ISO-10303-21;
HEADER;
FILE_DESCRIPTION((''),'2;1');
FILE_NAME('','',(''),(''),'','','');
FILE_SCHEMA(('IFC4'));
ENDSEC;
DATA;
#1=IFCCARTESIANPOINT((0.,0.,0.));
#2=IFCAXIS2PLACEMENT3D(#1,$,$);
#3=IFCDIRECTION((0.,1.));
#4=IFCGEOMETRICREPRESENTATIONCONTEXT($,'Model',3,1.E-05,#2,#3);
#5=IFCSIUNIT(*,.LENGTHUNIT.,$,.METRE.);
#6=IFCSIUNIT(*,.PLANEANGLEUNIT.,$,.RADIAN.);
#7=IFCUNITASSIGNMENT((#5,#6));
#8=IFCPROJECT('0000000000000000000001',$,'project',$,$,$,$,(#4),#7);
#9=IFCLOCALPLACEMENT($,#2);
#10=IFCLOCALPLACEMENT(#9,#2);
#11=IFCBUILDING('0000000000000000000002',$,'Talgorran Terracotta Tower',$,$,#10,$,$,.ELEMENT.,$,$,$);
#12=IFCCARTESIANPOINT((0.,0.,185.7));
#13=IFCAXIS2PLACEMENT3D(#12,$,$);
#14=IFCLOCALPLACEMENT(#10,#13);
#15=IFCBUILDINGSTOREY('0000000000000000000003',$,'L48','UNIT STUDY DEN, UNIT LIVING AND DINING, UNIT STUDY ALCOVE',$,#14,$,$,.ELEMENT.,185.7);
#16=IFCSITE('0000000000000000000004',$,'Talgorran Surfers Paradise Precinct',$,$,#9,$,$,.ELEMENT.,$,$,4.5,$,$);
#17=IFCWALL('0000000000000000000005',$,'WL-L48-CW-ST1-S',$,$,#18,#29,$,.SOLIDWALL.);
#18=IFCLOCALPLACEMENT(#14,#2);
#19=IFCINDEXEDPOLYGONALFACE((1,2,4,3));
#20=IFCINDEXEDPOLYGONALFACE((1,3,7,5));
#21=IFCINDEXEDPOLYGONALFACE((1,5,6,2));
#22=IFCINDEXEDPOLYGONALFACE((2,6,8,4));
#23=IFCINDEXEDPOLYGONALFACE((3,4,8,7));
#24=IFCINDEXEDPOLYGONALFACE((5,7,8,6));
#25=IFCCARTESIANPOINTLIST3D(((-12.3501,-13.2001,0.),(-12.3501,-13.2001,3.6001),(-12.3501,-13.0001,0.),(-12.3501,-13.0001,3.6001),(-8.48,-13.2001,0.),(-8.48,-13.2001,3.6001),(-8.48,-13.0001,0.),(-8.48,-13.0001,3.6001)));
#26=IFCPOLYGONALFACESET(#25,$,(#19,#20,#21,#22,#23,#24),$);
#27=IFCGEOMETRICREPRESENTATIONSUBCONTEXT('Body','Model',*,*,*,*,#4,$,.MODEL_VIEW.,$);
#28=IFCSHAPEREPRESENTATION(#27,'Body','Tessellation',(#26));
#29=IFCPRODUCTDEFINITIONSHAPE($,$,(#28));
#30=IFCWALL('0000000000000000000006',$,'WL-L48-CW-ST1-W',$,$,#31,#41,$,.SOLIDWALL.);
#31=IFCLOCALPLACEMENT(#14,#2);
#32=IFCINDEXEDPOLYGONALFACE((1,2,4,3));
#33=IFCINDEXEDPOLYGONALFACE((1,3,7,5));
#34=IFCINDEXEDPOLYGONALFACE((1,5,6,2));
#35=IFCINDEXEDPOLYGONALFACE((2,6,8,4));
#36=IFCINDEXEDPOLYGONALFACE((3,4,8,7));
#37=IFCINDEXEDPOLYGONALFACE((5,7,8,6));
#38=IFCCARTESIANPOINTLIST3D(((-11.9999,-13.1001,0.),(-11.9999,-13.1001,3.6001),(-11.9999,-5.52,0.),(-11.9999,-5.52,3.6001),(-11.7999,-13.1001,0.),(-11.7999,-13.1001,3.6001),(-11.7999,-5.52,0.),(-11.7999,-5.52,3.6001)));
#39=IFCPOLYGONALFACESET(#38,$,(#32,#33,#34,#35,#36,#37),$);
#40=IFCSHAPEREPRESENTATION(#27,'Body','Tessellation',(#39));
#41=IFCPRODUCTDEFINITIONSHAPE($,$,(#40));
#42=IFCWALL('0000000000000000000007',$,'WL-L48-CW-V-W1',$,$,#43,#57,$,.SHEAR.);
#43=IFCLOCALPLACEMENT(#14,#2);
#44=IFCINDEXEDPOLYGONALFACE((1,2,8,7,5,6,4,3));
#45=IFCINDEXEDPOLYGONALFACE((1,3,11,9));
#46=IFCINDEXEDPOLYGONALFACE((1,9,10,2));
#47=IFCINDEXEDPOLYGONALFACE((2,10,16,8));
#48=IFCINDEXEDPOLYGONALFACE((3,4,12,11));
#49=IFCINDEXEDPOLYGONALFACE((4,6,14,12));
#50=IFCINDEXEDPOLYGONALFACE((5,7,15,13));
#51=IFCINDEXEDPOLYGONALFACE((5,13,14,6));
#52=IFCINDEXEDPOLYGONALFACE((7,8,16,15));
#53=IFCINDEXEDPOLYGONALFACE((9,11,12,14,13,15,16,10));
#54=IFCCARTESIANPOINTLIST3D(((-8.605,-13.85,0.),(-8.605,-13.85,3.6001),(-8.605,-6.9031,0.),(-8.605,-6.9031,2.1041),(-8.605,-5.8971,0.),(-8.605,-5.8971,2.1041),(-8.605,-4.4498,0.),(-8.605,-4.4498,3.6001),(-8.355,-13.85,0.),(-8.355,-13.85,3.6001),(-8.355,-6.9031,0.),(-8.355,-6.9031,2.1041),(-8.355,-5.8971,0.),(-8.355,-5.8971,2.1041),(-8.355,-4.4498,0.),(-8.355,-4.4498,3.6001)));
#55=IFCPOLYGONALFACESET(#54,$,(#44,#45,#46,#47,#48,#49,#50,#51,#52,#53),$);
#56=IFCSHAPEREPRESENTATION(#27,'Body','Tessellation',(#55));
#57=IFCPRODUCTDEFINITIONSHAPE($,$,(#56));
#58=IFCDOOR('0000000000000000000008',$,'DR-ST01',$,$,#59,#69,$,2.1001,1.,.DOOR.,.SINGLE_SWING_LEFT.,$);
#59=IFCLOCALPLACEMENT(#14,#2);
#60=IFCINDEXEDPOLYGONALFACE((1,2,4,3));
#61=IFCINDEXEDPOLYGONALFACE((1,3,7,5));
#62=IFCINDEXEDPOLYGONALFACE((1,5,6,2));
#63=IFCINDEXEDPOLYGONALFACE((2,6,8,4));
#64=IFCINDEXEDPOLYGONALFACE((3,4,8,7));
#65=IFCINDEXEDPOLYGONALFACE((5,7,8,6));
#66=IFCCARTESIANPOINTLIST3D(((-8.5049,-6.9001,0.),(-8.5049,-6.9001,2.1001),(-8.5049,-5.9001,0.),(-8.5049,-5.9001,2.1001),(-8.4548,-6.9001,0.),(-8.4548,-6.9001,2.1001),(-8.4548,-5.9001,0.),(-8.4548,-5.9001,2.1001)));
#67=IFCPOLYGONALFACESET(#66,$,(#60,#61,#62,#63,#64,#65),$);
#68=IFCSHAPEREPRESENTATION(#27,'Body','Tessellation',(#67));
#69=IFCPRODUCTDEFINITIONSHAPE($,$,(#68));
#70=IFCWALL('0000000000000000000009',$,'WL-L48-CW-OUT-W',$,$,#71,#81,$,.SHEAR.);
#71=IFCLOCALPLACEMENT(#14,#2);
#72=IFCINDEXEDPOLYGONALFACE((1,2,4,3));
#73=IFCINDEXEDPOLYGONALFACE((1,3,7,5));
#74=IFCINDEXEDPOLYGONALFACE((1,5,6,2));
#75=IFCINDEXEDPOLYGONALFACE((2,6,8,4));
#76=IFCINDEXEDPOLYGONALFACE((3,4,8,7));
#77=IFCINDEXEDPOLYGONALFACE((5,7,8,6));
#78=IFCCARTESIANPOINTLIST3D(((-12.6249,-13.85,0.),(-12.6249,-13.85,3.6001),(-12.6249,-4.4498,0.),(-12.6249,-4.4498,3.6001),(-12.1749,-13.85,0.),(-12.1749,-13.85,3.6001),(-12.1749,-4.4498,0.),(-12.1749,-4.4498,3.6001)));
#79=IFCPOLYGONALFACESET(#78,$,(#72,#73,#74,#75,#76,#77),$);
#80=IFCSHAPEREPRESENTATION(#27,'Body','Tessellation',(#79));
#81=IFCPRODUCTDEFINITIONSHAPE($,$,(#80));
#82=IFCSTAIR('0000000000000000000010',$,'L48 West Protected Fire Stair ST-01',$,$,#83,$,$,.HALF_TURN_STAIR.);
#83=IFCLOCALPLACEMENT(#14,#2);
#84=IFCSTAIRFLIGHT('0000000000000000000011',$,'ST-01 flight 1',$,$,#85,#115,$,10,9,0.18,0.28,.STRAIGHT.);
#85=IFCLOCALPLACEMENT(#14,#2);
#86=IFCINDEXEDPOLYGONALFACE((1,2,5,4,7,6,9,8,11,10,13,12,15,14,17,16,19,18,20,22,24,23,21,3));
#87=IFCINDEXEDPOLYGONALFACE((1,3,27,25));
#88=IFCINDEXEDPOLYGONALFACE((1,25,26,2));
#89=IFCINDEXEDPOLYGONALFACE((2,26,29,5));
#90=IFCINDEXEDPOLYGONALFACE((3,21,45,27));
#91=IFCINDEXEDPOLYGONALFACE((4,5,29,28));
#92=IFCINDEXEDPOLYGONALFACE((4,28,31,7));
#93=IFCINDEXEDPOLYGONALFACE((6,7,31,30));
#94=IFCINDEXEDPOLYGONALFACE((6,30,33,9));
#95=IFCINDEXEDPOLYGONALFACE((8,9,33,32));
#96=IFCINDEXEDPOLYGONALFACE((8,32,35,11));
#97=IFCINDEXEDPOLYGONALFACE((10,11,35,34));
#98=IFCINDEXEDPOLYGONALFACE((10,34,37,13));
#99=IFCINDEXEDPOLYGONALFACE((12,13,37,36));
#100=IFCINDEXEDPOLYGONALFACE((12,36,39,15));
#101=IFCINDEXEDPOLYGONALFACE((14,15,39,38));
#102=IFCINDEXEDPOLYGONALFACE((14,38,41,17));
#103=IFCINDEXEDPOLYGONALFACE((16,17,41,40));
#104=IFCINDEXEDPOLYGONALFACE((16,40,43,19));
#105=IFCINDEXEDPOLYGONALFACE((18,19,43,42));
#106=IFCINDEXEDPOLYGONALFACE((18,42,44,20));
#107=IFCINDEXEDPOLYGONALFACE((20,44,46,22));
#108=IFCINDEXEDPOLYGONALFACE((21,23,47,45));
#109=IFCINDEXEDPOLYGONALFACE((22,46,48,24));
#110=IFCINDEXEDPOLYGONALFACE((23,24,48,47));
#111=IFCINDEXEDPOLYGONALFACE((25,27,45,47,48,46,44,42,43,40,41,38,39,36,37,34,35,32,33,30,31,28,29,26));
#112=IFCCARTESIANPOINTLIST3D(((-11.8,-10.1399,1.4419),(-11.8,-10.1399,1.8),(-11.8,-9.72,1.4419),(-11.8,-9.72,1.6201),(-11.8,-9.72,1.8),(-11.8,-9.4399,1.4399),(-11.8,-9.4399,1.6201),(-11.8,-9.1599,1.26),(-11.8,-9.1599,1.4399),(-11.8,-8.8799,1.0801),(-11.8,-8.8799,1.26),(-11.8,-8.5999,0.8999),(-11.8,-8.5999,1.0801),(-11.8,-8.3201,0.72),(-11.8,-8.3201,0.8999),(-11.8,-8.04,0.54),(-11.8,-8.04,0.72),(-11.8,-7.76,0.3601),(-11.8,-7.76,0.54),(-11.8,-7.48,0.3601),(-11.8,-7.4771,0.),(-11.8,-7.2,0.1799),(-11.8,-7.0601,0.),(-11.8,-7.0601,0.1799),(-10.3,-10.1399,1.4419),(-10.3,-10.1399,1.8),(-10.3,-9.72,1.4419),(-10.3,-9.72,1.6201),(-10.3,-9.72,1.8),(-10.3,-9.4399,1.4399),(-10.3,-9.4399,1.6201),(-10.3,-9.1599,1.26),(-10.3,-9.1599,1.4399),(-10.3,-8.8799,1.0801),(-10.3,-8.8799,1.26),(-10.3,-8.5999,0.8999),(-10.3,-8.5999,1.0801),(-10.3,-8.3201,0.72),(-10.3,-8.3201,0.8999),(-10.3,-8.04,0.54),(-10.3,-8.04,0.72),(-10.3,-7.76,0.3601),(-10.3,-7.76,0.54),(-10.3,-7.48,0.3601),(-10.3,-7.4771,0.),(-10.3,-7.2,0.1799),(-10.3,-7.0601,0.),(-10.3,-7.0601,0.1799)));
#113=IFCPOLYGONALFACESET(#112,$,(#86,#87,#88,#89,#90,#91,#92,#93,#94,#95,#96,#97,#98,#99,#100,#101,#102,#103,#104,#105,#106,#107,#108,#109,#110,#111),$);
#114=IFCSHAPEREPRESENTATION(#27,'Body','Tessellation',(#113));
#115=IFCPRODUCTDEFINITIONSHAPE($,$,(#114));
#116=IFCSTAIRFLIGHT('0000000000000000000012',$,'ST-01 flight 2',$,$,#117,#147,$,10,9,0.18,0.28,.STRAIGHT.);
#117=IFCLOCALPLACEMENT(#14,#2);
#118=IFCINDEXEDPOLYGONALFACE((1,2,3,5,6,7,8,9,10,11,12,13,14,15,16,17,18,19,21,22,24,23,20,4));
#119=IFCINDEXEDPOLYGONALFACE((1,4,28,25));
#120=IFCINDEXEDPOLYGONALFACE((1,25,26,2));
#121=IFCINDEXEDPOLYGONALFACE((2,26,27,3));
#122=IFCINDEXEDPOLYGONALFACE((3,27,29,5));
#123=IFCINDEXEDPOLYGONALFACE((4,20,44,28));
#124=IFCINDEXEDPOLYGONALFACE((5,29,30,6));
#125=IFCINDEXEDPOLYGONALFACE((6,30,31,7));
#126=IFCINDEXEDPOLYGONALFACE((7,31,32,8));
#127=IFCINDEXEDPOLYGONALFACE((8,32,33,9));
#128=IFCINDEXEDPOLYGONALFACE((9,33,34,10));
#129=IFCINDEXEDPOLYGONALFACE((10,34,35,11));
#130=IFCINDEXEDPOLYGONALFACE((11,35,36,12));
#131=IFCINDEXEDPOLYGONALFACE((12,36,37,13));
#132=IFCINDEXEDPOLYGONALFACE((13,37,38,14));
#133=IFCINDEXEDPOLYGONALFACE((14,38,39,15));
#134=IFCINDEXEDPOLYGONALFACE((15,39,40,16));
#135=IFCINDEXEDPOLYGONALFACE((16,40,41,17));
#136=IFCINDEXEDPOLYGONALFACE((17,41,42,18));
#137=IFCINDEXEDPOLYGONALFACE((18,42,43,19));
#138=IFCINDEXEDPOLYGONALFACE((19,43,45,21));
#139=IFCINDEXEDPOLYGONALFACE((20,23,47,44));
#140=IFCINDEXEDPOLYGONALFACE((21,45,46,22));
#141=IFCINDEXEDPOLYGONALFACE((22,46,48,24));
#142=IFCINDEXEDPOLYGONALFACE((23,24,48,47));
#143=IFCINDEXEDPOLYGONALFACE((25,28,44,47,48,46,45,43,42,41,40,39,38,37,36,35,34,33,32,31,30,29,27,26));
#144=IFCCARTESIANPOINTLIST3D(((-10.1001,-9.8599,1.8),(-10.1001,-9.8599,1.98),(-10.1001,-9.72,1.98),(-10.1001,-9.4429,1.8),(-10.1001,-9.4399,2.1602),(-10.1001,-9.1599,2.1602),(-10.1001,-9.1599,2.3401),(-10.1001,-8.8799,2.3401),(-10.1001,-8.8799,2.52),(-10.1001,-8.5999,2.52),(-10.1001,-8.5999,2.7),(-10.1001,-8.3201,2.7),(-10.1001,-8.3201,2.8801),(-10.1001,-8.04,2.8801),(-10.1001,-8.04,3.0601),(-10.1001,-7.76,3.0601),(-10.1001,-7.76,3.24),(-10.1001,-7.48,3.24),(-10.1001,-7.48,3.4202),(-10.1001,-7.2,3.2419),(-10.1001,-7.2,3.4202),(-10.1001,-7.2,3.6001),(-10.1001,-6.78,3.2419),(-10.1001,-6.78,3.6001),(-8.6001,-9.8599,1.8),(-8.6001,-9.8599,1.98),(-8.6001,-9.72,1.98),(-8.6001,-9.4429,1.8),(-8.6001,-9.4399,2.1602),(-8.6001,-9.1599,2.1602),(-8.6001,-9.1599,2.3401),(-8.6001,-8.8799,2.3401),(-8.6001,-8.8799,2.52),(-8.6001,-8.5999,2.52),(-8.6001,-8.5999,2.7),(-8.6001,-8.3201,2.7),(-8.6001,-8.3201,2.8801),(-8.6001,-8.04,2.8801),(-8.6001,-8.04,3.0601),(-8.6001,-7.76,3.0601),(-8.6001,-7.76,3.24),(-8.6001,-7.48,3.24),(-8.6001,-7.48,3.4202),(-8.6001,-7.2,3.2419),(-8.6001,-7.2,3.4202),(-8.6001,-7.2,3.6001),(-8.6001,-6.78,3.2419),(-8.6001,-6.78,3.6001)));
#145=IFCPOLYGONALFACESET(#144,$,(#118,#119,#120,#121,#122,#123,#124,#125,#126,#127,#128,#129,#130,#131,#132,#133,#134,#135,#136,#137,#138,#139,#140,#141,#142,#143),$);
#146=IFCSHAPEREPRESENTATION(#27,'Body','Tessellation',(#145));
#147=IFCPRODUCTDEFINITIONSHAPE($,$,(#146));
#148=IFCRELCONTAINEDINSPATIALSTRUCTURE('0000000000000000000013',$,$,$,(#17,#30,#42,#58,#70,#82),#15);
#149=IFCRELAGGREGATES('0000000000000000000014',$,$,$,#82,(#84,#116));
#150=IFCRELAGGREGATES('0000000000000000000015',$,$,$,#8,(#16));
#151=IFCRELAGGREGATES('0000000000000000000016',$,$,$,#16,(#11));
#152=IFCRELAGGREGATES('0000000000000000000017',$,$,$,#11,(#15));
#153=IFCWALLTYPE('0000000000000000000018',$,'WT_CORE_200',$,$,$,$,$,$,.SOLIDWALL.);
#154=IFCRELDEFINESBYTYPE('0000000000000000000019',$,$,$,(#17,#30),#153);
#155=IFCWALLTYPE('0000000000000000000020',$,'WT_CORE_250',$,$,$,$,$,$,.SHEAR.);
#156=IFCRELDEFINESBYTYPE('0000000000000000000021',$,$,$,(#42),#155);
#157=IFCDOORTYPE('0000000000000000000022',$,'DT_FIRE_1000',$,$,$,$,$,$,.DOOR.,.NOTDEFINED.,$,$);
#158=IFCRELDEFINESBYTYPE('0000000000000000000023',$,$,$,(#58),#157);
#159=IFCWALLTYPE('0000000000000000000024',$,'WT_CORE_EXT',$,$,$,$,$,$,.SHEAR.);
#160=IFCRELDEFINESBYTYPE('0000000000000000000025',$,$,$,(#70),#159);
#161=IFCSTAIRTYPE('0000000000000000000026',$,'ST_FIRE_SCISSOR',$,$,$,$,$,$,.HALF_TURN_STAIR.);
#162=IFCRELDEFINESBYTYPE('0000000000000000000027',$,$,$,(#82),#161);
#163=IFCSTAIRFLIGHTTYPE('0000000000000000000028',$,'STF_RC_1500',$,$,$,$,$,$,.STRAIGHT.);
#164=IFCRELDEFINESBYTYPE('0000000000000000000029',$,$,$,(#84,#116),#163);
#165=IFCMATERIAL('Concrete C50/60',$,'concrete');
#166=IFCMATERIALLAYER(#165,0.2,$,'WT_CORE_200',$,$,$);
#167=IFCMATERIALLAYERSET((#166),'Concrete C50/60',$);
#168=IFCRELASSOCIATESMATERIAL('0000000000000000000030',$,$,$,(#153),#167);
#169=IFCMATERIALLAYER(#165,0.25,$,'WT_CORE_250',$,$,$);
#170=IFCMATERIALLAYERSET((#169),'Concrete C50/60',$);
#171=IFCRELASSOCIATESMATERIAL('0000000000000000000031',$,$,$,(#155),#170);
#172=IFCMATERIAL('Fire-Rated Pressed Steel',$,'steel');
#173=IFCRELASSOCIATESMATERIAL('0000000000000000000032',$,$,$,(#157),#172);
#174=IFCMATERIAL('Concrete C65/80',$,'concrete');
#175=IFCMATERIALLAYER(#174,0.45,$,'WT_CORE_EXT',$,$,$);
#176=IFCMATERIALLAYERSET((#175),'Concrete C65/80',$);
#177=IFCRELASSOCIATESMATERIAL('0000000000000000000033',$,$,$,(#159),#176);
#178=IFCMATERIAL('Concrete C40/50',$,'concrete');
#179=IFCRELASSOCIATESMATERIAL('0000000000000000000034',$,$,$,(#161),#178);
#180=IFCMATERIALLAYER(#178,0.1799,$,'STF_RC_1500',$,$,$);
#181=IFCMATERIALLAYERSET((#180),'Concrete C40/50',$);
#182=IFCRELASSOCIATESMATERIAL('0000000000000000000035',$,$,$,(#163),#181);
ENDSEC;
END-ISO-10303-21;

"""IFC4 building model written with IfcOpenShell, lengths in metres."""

from ifc_helpers import new_model, si_unit, direction, frame, frame_2d, origin, place, context, subcontext, project, spatial, polyline, rectangle, outline, extrude, material, layer, layer_set, type_object, element, fill, aggregate, save


model = new_model("IFC4")

# Units and contexts
model_context = context("Model", 3, precision=1e-05, world=origin(), true_north=direction((0.0, 1.0)))
body_context = subcontext(model_context, "Body", "Model", "MODEL_VIEW")
ifc_project = project(units=[si_unit("LENGTHUNIT", "METRE"), si_unit("PLANEANGLEUNIT", "RADIAN")], contexts=[model_context])

# Site, building, storey
site_placement = place(None, origin())
site = spatial("IfcSite", under=ifc_project, at=site_placement, Name="Talgorran Surfers Paradise Precinct", CompositionType="ELEMENT", RefElevation=4.5)
building_placement = place(site_placement, origin())
building = spatial("IfcBuilding", under=site, at=building_placement, Name="Talgorran Terracotta Tower", CompositionType="ELEMENT")
storey_placement = place(building_placement, frame((0.0, 0.0, 185.7)))
storey = spatial("IfcBuildingStorey", under=building, at=storey_placement, Name="L48", Description="UNIT STUDY DEN, UNIT LIVING AND DINING, UNIT STUDY ALCOVE", CompositionType="ELEMENT", Elevation=185.7)

# Walls
ifc_material_1 = material(Name="Concrete C50/60", Category="concrete")
ifc_layer_1 = layer(ifc_material_1, 0.2, Name="WT_CORE_200")
ifc_layer_set_1 = layer_set([ifc_layer_1], Name="Concrete C50/60")
wall_type_1 = type_object("IfcWallType", Name="WT_CORE_200", PredefinedType="SOLIDWALL", material=ifc_layer_set_1)
for number, where, z_axis, x_axis, name in (
    (1, (-12.3501, -13.1001, 0.0), (0.0, 0.0, 1.0), (1.0, 0.0, 0.0), "WL-L48-CW-ST1-S"),
):
    element("IfcWall", number, at=place(storey_placement, frame(where, z_axis=z_axis, x_axis=x_axis)), inside=storey, type_object=wall_type_1, Name=name, PredefinedType="SOLIDWALL", context=body_context, shape_type="SweptSolid", body=[
        extrude(rectangle(XDim=3.8701, YDim=0.2, at=frame_2d((1.9351, 0.0))), origin(), (0.0, 0.0, 1.0), 3.6001),
    ])
wall_1_placement = place(storey_placement, frame((-11.8999, -13.1001, 0.0), z_axis=(0.0, 0.0, 1.0), x_axis=(0.0, 1.0, 0.0)))
element("IfcWall", 2, at=wall_1_placement, inside=storey, type_object=wall_type_1, Name="WL-L48-CW-ST1-W", PredefinedType="SOLIDWALL", context=body_context, shape_type="SweptSolid", body=[
    extrude(rectangle(XDim=7.5801, YDim=0.2, at=frame_2d((3.79, 0.0))), origin(), (0.0, 0.0, 1.0), 3.6001),
])

# Wall, opening, door
ifc_layer_2 = layer(ifc_material_1, 0.25, Name="WT_CORE_250")
ifc_layer_set_2 = layer_set([ifc_layer_2], Name="Concrete C50/60")
wall_type_2 = type_object("IfcWallType", Name="WT_CORE_250", PredefinedType="SHEAR", material=ifc_layer_set_2)
wall_2_placement = place(storey_placement, frame((-8.48, -13.8501, 0.0), z_axis=(0.0, 0.0, 1.0), x_axis=(0.0, 1.0, 0.0)))
wall_2 = element("IfcWall", 3, at=wall_2_placement, inside=storey, type_object=wall_type_2, Name="WL-L48-CW-V-W1", PredefinedType="SHEAR", context=body_context, shape_type="SweptSolid", body=[
    extrude(rectangle(XDim=9.4001, YDim=0.25, at=frame_2d((4.7002, 0.0))), origin(), (0.0, 0.0, 1.0), 3.6001),
])
opening_placement = place(wall_2_placement, frame((6.95, 0.0, 0.0)))
opening = element("IfcOpeningElement", 4, at=opening_placement, cuts=wall_2, PredefinedType="OPENING", context=body_context, shape_type="SweptSolid", body=[
    extrude(rectangle(XDim=1.006, YDim=2.1041, at=frame_2d((0.5, 1.052))), frame((0.0, 0.135, 0.0), z_axis=(0.0, -1.0, 0.0), x_axis=(1.0, 0.0, 0.0)), (0.0, 0.0, 1.0), 0.27),
])
ifc_material_2 = material(Name="Fire-Rated Pressed Steel", Category="steel")
door_type = type_object("IfcDoorType", Name="DT_FIRE_1000", OperationType="NOTDEFINED", PredefinedType="DOOR", material=ifc_material_2)
door_placement = place(opening_placement, origin())
door = element("IfcDoor", 5, at=door_placement, inside=storey, type_object=door_type, Name="DR-ST01", OperationType="SINGLE_SWING_LEFT", OverallHeight=2.1001, OverallWidth=1.0, PredefinedType="DOOR", context=body_context, shape_type="SweptSolid", body=[
    extrude(rectangle(XDim=1.0, YDim=2.1001, at=frame_2d((0.5, 1.05))), frame((0.0, 0.0249, 0.0), z_axis=(0.0, -1.0, 0.0), x_axis=(1.0, 0.0, 0.0)), (0.0, 0.0, 1.0), 0.05),
])
fill(opening, door)

# Wall
ifc_material_3 = material(Name="Concrete C65/80", Category="concrete")
ifc_layer_3 = layer(ifc_material_3, 0.45, Name="WT_CORE_EXT")
ifc_layer_set_3 = layer_set([ifc_layer_3], Name="Concrete C65/80")
wall_type_3 = type_object("IfcWallType", Name="WT_CORE_EXT", PredefinedType="SHEAR", material=ifc_layer_set_3)
wall_3_placement = place(storey_placement, frame((-12.3999, -13.8501, 0.0), z_axis=(0.0, 0.0, 1.0), x_axis=(0.0, 1.0, 0.0)))
element("IfcWall", 6, at=wall_3_placement, inside=storey, type_object=wall_type_3, Name="WL-L48-CW-OUT-W", PredefinedType="SHEAR", context=body_context, shape_type="SweptSolid", body=[
    extrude(rectangle(XDim=9.4001, YDim=0.45, at=frame_2d((4.7002, 0.0))), origin(), (0.0, 0.0, 1.0), 3.6001),
])

# Stair, stair flights
ifc_material_4 = material(Name="Concrete C40/50", Category="concrete")
stair_type = type_object("IfcStairType", Name="ST_FIRE_SCISSOR", PredefinedType="HALF_TURN_STAIR", material=ifc_material_4)
stair_placement = place(storey_placement, origin())
stair = element("IfcStair", 7, at=stair_placement, inside=storey, type_object=stair_type, Name="L48 West Protected Fire Stair ST-01", PredefinedType="HALF_TURN_STAIR")
ifc_layer_4 = layer(ifc_material_4, 0.1799, Name="STF_RC_1500")
ifc_layer_set_4 = layer_set([ifc_layer_4], Name="Concrete C40/50")
stair_flight_type = type_object("IfcStairFlightType", Name="STF_RC_1500", PredefinedType="STRAIGHT", material=ifc_layer_set_4)
stair_flight_1_placement = place(storey_placement, frame((-11.05, -7.2, 0.0), z_axis=(0.0, 0.0, 1.0), x_axis=(0.0, -1.0, 0.0)))
stair_flight_1 = element("IfcStairFlight", 8, at=stair_flight_1_placement, type_object=stair_flight_type, Name="ST-01 flight 1", NumberOfRisers=10, NumberOfTreads=9, PredefinedType="STRAIGHT", RiserHeight=0.18, TreadLength=0.28, context=body_context, shape_type="SweptSolid", body=[
    extrude(outline(polyline([(-0.1399, 0.0), (-0.1399, 0.1799), (0.0, 0.1799), (0.28, 0.3601), (0.5601, 0.3601), (0.5601, 0.54), (0.8401, 0.54), (0.8401, 0.72), (1.1201, 0.72), (1.1201, 0.8999), (1.3999, 0.8999), (1.3999, 1.0801), (1.6799, 1.0801), (1.6799, 1.26), (1.96, 1.26), (1.96, 1.4399), (2.24, 1.4399), (2.24, 1.6201), (2.52, 1.6201), (2.52, 1.8), (2.9399, 1.8), (2.9399, 1.4419), (2.52, 1.4419), (0.2771, 0.0), (-0.1399, 0.0)])), frame((0.0, 0.75, 0.0), z_axis=(0.0, -1.0, 0.0), x_axis=(1.0, 0.0, 0.0)), (0.0, 0.0, 1.0), 1.5),
])
stair_flight_2_placement = place(storey_placement, frame((-9.3501, -9.72, 1.8), z_axis=(0.0, 0.0, 1.0), x_axis=(0.0, 1.0, 0.0)))
stair_flight_2 = element("IfcStairFlight", 9, at=stair_flight_2_placement, type_object=stair_flight_type, Name="ST-01 flight 2", NumberOfRisers=10, NumberOfTreads=9, PredefinedType="STRAIGHT", RiserHeight=0.18, TreadLength=0.28, context=body_context, shape_type="SweptSolid", body=[
    extrude(outline(polyline([(-0.1399, 0.0), (-0.1399, 0.1799), (0.0, 0.1799), (0.28, 0.3601), (0.5601, 0.3601), (0.5601, 0.54), (0.8401, 0.54), (0.8401, 0.72), (1.1201, 0.72), (1.1201, 0.8999), (1.3999, 0.8999), (1.3999, 1.0801), (1.6799, 1.0801), (1.6799, 1.26), (1.96, 1.26), (1.96, 1.4399), (2.24, 1.4399), (2.24, 1.6201), (2.52, 1.6201), (2.52, 1.8), (2.9399, 1.8), (2.9399, 1.4419), (2.52, 1.4419), (0.2771, 0.0), (-0.1399, 0.0)])), frame((0.0, 0.75, 0.0), z_axis=(0.0, -1.0, 0.0), x_axis=(1.0, 0.0, 0.0)), (0.0, 0.0, 1.0), 1.5),
])
aggregate(stair, [stair_flight_1, stair_flight_2])

save(model, "model.ifc")
